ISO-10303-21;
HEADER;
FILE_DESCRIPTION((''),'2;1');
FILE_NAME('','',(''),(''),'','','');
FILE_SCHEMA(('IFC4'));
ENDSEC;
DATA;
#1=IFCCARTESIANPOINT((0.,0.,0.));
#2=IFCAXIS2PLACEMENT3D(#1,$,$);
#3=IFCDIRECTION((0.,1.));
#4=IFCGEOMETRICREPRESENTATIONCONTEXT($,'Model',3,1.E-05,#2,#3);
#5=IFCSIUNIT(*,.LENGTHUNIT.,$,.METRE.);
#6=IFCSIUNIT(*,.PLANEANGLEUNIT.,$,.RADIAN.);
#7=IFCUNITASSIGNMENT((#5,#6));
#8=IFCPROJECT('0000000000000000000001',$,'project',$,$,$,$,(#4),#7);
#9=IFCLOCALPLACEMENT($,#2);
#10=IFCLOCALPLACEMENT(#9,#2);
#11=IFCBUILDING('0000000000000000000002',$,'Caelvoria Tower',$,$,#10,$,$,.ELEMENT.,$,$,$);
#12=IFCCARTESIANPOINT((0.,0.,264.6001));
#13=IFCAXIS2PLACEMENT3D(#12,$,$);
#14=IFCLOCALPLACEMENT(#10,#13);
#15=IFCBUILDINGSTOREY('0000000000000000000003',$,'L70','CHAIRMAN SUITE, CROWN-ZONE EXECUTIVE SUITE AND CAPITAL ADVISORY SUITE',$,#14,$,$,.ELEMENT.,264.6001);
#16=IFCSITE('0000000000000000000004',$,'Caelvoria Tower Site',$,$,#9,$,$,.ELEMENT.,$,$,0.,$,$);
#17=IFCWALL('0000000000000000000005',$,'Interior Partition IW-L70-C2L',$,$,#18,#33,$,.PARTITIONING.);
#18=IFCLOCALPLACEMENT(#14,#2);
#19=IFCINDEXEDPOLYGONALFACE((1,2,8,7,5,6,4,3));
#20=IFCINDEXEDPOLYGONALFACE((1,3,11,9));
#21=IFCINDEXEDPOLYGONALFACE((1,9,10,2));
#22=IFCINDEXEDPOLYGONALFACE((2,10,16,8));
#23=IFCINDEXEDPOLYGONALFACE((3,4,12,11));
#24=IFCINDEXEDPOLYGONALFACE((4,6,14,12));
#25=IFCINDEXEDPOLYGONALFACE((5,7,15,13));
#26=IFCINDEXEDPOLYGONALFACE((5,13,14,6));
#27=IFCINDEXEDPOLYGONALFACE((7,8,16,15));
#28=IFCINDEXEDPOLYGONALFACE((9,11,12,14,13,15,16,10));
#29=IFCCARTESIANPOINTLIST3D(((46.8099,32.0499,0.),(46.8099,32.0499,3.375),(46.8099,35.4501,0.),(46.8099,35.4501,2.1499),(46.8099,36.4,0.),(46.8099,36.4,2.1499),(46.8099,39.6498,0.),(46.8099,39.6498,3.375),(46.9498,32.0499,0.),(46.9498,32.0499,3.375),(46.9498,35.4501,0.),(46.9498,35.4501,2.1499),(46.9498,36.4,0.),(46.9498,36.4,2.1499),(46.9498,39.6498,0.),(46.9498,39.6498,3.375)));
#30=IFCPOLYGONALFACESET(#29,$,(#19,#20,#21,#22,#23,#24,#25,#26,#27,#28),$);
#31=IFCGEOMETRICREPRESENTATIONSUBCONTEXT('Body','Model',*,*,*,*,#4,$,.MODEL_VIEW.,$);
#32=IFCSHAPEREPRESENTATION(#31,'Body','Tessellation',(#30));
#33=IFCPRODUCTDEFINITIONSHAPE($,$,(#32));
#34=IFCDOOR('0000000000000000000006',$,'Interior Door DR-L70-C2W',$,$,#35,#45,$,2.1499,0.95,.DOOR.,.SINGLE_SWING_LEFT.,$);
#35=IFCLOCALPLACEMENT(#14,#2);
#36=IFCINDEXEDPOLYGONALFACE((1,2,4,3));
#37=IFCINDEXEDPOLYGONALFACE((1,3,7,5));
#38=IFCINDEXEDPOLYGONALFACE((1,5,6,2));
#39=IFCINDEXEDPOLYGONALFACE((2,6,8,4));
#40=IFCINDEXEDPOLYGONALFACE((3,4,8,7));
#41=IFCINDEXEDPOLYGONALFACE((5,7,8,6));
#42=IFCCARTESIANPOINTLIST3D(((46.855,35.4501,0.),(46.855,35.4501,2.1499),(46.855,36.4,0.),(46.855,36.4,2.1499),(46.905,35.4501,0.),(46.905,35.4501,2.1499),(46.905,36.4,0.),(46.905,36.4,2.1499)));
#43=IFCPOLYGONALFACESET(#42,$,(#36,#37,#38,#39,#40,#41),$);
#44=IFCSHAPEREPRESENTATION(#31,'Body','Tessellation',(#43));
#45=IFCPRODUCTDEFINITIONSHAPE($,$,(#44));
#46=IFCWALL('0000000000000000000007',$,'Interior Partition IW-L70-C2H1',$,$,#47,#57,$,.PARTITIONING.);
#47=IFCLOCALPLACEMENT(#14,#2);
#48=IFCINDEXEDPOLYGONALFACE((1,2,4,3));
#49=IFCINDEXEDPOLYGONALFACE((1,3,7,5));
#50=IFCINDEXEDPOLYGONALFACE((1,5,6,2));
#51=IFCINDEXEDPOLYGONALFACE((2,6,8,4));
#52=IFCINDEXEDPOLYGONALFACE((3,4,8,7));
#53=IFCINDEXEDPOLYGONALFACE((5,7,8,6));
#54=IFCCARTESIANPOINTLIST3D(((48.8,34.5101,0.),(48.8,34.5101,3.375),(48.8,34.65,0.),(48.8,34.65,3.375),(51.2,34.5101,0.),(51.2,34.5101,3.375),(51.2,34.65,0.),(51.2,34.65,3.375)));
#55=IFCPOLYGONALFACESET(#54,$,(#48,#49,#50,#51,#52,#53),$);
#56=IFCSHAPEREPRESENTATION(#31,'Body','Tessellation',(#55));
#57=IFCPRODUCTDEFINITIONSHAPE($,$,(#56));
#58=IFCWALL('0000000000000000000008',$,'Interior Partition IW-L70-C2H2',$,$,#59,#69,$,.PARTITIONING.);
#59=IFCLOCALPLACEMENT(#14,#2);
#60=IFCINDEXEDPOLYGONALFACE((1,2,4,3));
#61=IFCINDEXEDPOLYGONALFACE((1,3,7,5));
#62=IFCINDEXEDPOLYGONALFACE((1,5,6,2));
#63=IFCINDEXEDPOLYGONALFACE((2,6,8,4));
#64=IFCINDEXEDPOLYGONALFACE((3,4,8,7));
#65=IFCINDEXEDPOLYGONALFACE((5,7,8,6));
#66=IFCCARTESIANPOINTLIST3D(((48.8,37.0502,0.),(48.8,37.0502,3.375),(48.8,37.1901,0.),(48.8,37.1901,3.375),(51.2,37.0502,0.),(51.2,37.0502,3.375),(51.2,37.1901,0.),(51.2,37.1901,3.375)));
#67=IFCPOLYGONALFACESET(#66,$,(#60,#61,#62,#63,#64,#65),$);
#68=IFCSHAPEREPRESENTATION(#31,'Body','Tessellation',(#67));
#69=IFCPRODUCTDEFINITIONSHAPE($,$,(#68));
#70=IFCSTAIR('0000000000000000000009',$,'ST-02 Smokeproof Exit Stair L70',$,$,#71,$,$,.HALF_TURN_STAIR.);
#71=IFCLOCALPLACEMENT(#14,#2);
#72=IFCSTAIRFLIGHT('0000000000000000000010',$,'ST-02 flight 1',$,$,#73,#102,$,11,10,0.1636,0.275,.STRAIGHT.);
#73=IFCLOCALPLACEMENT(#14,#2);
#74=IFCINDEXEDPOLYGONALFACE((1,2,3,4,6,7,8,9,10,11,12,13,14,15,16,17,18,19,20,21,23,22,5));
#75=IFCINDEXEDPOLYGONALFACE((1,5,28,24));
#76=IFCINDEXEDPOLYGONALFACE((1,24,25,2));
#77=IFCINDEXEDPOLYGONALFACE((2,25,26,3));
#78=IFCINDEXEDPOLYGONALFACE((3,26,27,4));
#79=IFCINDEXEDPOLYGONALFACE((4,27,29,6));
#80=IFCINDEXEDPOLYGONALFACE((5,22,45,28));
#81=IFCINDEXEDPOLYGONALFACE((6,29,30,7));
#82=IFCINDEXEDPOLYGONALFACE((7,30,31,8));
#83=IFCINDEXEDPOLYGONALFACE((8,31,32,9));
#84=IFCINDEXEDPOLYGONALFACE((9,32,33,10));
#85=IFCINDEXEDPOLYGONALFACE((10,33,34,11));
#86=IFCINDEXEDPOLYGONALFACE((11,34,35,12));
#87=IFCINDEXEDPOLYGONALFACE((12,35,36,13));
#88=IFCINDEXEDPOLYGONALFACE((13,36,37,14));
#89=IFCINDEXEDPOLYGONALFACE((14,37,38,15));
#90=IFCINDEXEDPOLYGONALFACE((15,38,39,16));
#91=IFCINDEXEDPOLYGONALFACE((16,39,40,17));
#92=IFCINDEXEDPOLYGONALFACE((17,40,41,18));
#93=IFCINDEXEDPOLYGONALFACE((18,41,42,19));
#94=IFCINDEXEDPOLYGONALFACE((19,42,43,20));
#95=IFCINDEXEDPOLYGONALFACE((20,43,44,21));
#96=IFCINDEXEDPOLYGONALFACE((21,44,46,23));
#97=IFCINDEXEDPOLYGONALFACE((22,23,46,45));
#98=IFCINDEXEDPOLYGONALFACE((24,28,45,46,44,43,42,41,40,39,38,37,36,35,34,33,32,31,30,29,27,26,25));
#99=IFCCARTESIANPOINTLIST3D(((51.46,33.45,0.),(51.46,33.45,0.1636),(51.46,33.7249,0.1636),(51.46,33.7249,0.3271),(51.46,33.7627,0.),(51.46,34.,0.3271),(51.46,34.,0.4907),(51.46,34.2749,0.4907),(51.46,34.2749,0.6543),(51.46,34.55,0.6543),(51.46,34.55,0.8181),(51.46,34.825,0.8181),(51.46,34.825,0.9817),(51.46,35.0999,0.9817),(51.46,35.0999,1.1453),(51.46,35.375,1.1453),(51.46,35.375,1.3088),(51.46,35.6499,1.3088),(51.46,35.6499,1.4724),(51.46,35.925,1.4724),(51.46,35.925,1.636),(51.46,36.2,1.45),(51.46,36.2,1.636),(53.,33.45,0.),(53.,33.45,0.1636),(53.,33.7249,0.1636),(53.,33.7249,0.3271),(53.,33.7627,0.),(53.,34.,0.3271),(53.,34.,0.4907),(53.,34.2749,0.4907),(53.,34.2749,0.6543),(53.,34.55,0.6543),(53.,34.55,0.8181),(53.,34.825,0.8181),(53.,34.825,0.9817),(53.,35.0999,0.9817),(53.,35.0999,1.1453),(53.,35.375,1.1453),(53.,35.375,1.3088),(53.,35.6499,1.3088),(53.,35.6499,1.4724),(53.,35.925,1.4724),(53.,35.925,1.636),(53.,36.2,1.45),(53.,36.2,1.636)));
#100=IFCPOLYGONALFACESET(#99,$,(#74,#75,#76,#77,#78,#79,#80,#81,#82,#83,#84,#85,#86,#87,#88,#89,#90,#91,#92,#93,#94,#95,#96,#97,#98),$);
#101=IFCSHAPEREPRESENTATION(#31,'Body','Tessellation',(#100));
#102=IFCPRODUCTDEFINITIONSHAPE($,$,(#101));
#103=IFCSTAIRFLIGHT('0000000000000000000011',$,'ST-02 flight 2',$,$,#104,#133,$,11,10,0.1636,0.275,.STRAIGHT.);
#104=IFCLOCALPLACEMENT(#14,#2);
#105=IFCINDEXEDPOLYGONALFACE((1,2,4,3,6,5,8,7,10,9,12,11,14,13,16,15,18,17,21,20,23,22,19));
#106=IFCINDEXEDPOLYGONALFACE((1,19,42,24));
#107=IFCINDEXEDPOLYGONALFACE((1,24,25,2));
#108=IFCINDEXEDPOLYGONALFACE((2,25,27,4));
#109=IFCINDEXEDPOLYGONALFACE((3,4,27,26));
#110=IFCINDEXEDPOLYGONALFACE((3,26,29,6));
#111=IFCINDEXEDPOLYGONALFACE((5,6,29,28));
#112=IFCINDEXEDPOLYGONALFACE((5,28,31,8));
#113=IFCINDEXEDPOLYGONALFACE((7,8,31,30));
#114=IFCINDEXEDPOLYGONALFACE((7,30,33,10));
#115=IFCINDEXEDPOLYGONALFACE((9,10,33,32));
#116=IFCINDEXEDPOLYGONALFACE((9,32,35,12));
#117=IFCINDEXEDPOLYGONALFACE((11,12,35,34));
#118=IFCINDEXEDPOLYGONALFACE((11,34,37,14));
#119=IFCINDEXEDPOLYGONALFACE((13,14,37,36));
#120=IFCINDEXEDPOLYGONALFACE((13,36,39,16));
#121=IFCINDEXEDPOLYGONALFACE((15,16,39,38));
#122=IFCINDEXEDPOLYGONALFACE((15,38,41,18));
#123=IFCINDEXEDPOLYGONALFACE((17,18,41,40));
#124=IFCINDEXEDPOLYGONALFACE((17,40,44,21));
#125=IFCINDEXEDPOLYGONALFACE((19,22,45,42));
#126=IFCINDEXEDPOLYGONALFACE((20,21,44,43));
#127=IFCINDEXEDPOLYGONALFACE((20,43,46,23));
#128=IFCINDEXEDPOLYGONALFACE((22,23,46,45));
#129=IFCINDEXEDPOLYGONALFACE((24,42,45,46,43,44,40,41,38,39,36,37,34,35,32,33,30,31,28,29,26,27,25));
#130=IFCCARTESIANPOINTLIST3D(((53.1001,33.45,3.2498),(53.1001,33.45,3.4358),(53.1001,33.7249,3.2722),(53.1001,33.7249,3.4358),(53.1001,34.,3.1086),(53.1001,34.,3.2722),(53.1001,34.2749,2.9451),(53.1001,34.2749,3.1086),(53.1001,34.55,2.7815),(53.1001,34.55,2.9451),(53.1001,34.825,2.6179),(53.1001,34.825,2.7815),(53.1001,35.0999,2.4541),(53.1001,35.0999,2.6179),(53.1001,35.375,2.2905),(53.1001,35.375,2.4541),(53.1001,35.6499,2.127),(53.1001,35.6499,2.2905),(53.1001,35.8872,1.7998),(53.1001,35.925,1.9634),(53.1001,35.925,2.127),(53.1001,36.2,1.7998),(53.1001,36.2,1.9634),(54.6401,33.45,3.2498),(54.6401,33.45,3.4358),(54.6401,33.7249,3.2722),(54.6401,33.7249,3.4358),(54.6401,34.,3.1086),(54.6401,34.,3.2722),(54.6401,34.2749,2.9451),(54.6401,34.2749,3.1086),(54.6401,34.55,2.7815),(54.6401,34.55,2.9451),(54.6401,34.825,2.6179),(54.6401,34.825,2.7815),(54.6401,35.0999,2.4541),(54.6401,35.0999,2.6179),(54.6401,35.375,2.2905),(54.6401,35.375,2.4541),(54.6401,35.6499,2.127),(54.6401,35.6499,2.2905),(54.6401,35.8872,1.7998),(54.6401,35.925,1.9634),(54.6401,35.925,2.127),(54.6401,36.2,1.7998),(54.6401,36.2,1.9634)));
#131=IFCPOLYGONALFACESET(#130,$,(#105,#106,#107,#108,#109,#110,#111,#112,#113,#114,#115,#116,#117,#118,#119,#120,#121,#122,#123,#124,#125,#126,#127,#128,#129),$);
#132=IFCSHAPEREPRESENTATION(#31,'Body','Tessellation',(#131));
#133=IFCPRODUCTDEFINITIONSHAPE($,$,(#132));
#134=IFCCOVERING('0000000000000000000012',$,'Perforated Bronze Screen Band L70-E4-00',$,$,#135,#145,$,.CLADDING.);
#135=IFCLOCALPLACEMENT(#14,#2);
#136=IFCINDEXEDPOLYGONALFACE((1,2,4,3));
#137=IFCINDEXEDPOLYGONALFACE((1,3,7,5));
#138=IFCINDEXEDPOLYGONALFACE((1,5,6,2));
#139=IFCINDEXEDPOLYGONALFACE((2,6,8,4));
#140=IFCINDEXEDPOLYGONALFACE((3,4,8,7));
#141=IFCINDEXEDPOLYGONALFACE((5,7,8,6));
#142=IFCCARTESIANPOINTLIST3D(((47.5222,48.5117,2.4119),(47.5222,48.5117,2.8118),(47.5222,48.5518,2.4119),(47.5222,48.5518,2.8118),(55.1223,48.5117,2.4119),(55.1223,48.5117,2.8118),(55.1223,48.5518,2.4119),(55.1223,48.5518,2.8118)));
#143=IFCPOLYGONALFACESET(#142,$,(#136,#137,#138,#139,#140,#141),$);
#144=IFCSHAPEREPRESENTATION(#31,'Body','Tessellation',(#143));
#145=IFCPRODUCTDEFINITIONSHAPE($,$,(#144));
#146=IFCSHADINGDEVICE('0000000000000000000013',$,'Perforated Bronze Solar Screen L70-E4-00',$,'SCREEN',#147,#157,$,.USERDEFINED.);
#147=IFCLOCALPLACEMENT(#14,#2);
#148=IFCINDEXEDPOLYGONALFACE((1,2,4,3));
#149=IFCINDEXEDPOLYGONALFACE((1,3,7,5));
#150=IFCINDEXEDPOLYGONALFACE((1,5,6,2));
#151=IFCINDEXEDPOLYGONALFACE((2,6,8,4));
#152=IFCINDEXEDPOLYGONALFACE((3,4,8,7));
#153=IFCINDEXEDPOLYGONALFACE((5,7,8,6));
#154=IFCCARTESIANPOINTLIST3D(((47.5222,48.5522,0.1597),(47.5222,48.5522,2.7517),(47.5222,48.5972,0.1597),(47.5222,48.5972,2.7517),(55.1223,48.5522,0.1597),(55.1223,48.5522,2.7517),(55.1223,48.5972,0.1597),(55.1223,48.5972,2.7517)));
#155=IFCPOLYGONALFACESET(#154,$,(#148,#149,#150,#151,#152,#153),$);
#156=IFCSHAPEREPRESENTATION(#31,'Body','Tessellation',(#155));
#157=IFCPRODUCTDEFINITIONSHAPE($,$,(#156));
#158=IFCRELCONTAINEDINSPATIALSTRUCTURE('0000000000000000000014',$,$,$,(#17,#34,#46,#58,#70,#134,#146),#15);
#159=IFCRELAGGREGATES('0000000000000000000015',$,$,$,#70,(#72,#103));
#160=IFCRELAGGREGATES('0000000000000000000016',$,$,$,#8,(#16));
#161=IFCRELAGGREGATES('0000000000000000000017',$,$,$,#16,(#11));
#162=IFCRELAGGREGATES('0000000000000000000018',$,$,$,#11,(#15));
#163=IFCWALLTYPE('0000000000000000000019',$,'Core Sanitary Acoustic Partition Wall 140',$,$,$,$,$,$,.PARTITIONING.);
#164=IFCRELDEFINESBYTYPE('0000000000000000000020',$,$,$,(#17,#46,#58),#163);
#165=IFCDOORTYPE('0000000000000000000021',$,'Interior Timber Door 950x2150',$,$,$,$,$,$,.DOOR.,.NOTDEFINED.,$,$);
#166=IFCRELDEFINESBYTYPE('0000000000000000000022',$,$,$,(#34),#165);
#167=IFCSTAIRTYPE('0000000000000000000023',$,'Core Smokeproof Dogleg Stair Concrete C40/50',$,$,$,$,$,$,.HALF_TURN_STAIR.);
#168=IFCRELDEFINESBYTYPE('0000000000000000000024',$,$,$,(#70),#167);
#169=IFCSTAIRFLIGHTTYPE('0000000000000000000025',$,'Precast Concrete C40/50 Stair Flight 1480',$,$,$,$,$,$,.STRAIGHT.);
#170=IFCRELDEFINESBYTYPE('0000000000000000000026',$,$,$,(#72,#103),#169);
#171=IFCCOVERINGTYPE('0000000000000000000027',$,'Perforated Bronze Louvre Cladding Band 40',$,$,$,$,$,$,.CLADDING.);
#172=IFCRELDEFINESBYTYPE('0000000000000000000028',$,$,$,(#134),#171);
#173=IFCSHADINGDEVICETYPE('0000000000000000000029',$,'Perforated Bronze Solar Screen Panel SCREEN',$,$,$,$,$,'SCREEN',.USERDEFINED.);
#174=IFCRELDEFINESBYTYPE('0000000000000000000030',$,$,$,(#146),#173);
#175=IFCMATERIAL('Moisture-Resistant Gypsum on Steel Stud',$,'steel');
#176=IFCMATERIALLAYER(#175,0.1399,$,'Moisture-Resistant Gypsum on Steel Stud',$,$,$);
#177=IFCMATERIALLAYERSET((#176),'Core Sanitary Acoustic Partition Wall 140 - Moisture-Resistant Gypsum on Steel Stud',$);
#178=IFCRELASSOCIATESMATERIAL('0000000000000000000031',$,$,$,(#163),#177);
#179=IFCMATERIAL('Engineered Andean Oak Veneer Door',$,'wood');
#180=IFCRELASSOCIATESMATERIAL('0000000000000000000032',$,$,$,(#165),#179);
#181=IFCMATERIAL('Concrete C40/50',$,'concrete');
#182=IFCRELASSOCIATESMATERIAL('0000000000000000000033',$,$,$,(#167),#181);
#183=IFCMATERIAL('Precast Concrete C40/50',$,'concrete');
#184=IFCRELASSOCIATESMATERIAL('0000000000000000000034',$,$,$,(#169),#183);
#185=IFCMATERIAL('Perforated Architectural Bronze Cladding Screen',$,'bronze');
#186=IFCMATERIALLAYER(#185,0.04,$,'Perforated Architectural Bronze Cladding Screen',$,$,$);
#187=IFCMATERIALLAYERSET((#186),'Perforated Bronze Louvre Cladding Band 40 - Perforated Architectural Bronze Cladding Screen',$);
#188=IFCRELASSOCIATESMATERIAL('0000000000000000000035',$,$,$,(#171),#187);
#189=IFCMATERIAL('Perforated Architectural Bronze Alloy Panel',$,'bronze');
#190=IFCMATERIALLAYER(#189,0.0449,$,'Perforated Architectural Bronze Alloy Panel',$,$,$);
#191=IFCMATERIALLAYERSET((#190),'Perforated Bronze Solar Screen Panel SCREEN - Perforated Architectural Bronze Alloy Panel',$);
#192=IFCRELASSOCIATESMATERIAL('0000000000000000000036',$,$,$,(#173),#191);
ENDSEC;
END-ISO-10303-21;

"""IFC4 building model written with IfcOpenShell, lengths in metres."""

from ifc_helpers import new_model, si_unit, direction, frame, frame_2d, origin, origin_2d, place, context, subcontext, project, spatial, polyline, rectangle, outline, extrude, material, layer, layer_set, type_object, element, fill, aggregate, save


model = new_model("IFC4")

# Units and contexts
model_context = context("Model", 3, precision=1e-05, world=origin(), true_north=direction((0.0, 1.0)))
body_context = subcontext(model_context, "Body", "Model", "MODEL_VIEW")
ifc_project = project(units=[si_unit("LENGTHUNIT", "METRE"), si_unit("PLANEANGLEUNIT", "RADIAN")], contexts=[model_context])

# Site, building, storey
site_placement = place(None, origin())
site = spatial("IfcSite", under=ifc_project, at=site_placement, Name="Caelvoria Tower Site", CompositionType="ELEMENT", RefElevation=0.0)
building_placement = place(site_placement, origin())
building = spatial("IfcBuilding", under=site, at=building_placement, Name="Caelvoria Tower", CompositionType="ELEMENT")
storey_placement = place(building_placement, frame((0.0, 0.0, 264.6001)))
storey = spatial("IfcBuildingStorey", under=building, at=storey_placement, Name="L70", Description="CHAIRMAN SUITE, CROWN-ZONE EXECUTIVE SUITE AND CAPITAL ADVISORY SUITE", CompositionType="ELEMENT", Elevation=264.6001)

# Wall, opening, door
ifc_material_1 = material(Name="Moisture-Resistant Gypsum on Steel Stud", Category="steel")
ifc_layer_1 = layer(ifc_material_1, 0.1399, Name="Moisture-Resistant Gypsum on Steel Stud")
ifc_layer_set_1 = layer_set([ifc_layer_1], Name="Core Sanitary Acoustic Partition Wall 140 - Moisture-Resistant Gypsum on Steel Stud")
wall_type = type_object("IfcWallType", Name="Core Sanitary Acoustic Partition Wall 140", PredefinedType="PARTITIONING", material=ifc_layer_set_1)
wall_1_placement = place(storey_placement, frame((46.8799, 32.05, 0.0), z_axis=(0.0, 0.0, 1.0), x_axis=(0.0, 1.0, 0.0)))
wall_1 = element("IfcWall", 1, at=wall_1_placement, inside=storey, type_object=wall_type, Name="Interior Partition IW-L70-C2L", PredefinedType="PARTITIONING", context=body_context, shape_type="SweptSolid", body=[
    extrude(rectangle(XDim=7.5999, YDim=0.1399, at=frame_2d((3.7998, 0.0))), origin(), (0.0, 0.0, 1.0), 3.375),
])
opening_1_placement = place(wall_1_placement, frame((3.3999, 0.0, 0.0)))
opening_1 = element("IfcOpeningElement", 2, at=opening_1_placement, cuts=wall_1, PredefinedType="OPENING", context=body_context, shape_type="SweptSolid", body=[
    extrude(rectangle(XDim=0.95, YDim=2.1499, at=frame_2d((0.4751, 1.075))), frame((0.0, 0.0798, 0.0), z_axis=(0.0, -1.0, 0.0), x_axis=(1.0, 0.0, 0.0)), (0.0, 0.0, 1.0), 0.1599),
])
ifc_material_2 = material(Name="Engineered Andean Oak Veneer Door", Category="wood")
door_type_1 = type_object("IfcDoorType", Name="Interior Timber Door 950x2150", OperationType="NOTDEFINED", PredefinedType="DOOR", material=ifc_material_2)
door_1_placement = place(opening_1_placement, origin())
door_1 = element("IfcDoor", 3, at=door_1_placement, inside=storey, type_object=door_type_1, Name="Interior Door DR-L70-C2W", OperationType="SINGLE_SWING_LEFT", OverallHeight=2.1499, OverallWidth=0.95, PredefinedType="DOOR", context=body_context, shape_type="SweptSolid", body=[
    extrude(rectangle(XDim=0.95, YDim=2.1499, at=frame_2d((0.4751, 1.075))), frame((0.0, 0.0249, 0.0), z_axis=(0.0, -1.0, 0.0), x_axis=(1.0, 0.0, 0.0)), (0.0, 0.0, 1.0), 0.05),
])
fill(opening_1, door_1)

# Walls
for number, where, z_axis, x_axis, name in (
    (4, (48.8, 34.5801, 0.0), (0.0, 0.0, 1.0), (1.0, 0.0, 0.0), "Interior Partition IW-L70-C2H1"),
    (5, (48.8, 37.1201, 0.0), (0.0, 0.0, 1.0), (1.0, 0.0, 0.0), "Interior Partition IW-L70-C2H2"),
):
    element("IfcWall", number, at=place(storey_placement, frame(where, z_axis=z_axis, x_axis=x_axis)), inside=storey, type_object=wall_type, Name=name, PredefinedType="PARTITIONING", context=body_context, shape_type="SweptSolid", body=[
        extrude(rectangle(XDim=2.3999, YDim=0.1399, at=frame_2d((1.2, 0.0))), origin(), (0.0, 0.0, 1.0), 3.375),
    ])

# Stair, stair flights
ifc_material_3 = material(Name="Concrete C40/50", Category="concrete")
stair_type = type_object("IfcStairType", Name="Core Smokeproof Dogleg Stair Concrete C40/50", PredefinedType="HALF_TURN_STAIR", material=ifc_material_3)
stair_placement = place(storey_placement, origin())
stair = element("IfcStair", 6, at=stair_placement, inside=storey, type_object=stair_type, Name="ST-02 Smokeproof Exit Stair L70", PredefinedType="HALF_TURN_STAIR")
ifc_material_4 = material(Name="Precast Concrete C40/50", Category="concrete")
stair_flight_type = type_object("IfcStairFlightType", Name="Precast Concrete C40/50 Stair Flight 1480", PredefinedType="STRAIGHT", material=ifc_material_4)
stair_flight_1_placement = place(storey_placement, frame((52.23, 33.45, 0.0), z_axis=(0.0, 0.0, 1.0), x_axis=(0.0, 1.0, 0.0)))
stair_flight_1 = element("IfcStairFlight", 7, at=stair_flight_1_placement, type_object=stair_flight_type, Name="ST-02 flight 1", NumberOfRisers=11, NumberOfTreads=10, PredefinedType="STRAIGHT", RiserHeight=0.1636, TreadLength=0.275, context=body_context, shape_type="SweptSolid", body=[
    extrude(outline(polyline([(0.0, 0.0), (0.0, 0.1636), (0.2749, 0.1636), (0.2749, 0.3271), (0.55, 0.3271), (0.55, 0.4907), (0.825, 0.4907), (0.825, 0.6543), (1.1001, 0.6543), (1.1001, 0.8181), (1.375, 0.8181), (1.375, 0.9817), (1.6499, 0.9817), (1.6499, 1.1453), (1.925, 1.1453), (1.925, 1.3088), (2.2, 1.3088), (2.2, 1.4724), (2.4751, 1.4724), (2.4751, 1.636), (2.75, 1.636), (2.75, 1.7996), (2.75, 1.45), (0.3127, 0.0), (0.0, 0.0)])), frame((0.0, 0.77, 0.0), z_axis=(0.0, -1.0, 0.0), x_axis=(1.0, 0.0, 0.0)), (0.0, 0.0, 1.0), 1.54),
])
stair_flight_2_placement = place(storey_placement, frame((53.8701, 36.2, 1.7998), z_axis=(0.0, 0.0, 1.0), x_axis=(0.0, -1.0, 0.0)))
stair_flight_2 = element("IfcStairFlight", 8, at=stair_flight_2_placement, type_object=stair_flight_type, Name="ST-02 flight 2", NumberOfRisers=11, NumberOfTreads=10, PredefinedType="STRAIGHT", RiserHeight=0.1636, TreadLength=0.275, context=body_context, shape_type="SweptSolid", body=[
    extrude(outline(polyline([(0.0, 0.0), (0.0, 0.1636), (0.2749, 0.1636), (0.2749, 0.3271), (0.55, 0.3271), (0.55, 0.4907), (0.825, 0.4907), (0.825, 0.6543), (1.1001, 0.6543), (1.1001, 0.8181), (1.375, 0.8181), (1.375, 0.9817), (1.6499, 0.9817), (1.6499, 1.1453), (1.925, 1.1453), (1.925, 1.3088), (2.2, 1.3088), (2.2, 1.4724), (2.4751, 1.4724), (2.4751, 1.636), (2.75, 1.636), (2.75, 1.7996), (2.75, 1.45), (0.3127, 0.0), (0.0, 0.0)])), frame((0.0, 0.77, 0.0), z_axis=(0.0, -1.0, 0.0), x_axis=(1.0, 0.0, 0.0)), (0.0, 0.0, 1.0), 1.54),
])
aggregate(stair, [stair_flight_1, stair_flight_2])

# Covering
ifc_material_5 = material(Name="Perforated Architectural Bronze Cladding Screen", Category="bronze")
ifc_layer_2 = layer(ifc_material_5, 0.04, Name="Perforated Architectural Bronze Cladding Screen")
ifc_layer_set_2 = layer_set([ifc_layer_2], Name="Perforated Bronze Louvre Cladding Band 40 - Perforated Architectural Bronze Cladding Screen")
covering_type = type_object("IfcCoveringType", Name="Perforated Bronze Louvre Cladding Band 40", PredefinedType="CLADDING", material=ifc_layer_set_2)
covering_placement = place(storey_placement, frame((51.3223, 48.5317, 2.4119), z_axis=(0.0, 0.0, 1.0), x_axis=(-1.0, 0.0, 0.0)))
element("IfcCovering", 9, at=covering_placement, inside=storey, type_object=covering_type, Name="Perforated Bronze Screen Band L70-E4-00", PredefinedType="CLADDING", context=body_context, shape_type="SweptSolid", body=[
    extrude(rectangle(XDim=7.6001, YDim=0.04, at=origin_2d()), origin(), (0.0, 0.0, 1.0), 0.3999),
])

# Shading device
ifc_material_6 = material(Name="Perforated Architectural Bronze Alloy Panel", Category="bronze")
ifc_layer_3 = layer(ifc_material_6, 0.0449, Name="Perforated Architectural Bronze Alloy Panel")
ifc_layer_set_3 = layer_set([ifc_layer_3], Name="Perforated Bronze Solar Screen Panel SCREEN - Perforated Architectural Bronze Alloy Panel")
shading_device_type = type_object("IfcShadingDeviceType", Name="Perforated Bronze Solar Screen Panel SCREEN", ElementType="SCREEN", PredefinedType="USERDEFINED", material=ifc_layer_set_3)
shading_device_placement = place(storey_placement, frame((51.3223, 48.5747, 0.1597), z_axis=(0.0, 0.0, 1.0), x_axis=(-1.0, 0.0, 0.0)))
element("IfcShadingDevice", 10, at=shading_device_placement, inside=storey, type_object=shading_device_type, Name="Perforated Bronze Solar Screen L70-E4-00", ObjectType="SCREEN", PredefinedType="USERDEFINED", context=body_context, shape_type="SweptSolid", body=[
    extrude(rectangle(XDim=7.6001, YDim=0.0449, at=origin_2d()), origin(), (0.0, 0.0, 1.0), 2.592),
])

save(model, "model.ifc")
